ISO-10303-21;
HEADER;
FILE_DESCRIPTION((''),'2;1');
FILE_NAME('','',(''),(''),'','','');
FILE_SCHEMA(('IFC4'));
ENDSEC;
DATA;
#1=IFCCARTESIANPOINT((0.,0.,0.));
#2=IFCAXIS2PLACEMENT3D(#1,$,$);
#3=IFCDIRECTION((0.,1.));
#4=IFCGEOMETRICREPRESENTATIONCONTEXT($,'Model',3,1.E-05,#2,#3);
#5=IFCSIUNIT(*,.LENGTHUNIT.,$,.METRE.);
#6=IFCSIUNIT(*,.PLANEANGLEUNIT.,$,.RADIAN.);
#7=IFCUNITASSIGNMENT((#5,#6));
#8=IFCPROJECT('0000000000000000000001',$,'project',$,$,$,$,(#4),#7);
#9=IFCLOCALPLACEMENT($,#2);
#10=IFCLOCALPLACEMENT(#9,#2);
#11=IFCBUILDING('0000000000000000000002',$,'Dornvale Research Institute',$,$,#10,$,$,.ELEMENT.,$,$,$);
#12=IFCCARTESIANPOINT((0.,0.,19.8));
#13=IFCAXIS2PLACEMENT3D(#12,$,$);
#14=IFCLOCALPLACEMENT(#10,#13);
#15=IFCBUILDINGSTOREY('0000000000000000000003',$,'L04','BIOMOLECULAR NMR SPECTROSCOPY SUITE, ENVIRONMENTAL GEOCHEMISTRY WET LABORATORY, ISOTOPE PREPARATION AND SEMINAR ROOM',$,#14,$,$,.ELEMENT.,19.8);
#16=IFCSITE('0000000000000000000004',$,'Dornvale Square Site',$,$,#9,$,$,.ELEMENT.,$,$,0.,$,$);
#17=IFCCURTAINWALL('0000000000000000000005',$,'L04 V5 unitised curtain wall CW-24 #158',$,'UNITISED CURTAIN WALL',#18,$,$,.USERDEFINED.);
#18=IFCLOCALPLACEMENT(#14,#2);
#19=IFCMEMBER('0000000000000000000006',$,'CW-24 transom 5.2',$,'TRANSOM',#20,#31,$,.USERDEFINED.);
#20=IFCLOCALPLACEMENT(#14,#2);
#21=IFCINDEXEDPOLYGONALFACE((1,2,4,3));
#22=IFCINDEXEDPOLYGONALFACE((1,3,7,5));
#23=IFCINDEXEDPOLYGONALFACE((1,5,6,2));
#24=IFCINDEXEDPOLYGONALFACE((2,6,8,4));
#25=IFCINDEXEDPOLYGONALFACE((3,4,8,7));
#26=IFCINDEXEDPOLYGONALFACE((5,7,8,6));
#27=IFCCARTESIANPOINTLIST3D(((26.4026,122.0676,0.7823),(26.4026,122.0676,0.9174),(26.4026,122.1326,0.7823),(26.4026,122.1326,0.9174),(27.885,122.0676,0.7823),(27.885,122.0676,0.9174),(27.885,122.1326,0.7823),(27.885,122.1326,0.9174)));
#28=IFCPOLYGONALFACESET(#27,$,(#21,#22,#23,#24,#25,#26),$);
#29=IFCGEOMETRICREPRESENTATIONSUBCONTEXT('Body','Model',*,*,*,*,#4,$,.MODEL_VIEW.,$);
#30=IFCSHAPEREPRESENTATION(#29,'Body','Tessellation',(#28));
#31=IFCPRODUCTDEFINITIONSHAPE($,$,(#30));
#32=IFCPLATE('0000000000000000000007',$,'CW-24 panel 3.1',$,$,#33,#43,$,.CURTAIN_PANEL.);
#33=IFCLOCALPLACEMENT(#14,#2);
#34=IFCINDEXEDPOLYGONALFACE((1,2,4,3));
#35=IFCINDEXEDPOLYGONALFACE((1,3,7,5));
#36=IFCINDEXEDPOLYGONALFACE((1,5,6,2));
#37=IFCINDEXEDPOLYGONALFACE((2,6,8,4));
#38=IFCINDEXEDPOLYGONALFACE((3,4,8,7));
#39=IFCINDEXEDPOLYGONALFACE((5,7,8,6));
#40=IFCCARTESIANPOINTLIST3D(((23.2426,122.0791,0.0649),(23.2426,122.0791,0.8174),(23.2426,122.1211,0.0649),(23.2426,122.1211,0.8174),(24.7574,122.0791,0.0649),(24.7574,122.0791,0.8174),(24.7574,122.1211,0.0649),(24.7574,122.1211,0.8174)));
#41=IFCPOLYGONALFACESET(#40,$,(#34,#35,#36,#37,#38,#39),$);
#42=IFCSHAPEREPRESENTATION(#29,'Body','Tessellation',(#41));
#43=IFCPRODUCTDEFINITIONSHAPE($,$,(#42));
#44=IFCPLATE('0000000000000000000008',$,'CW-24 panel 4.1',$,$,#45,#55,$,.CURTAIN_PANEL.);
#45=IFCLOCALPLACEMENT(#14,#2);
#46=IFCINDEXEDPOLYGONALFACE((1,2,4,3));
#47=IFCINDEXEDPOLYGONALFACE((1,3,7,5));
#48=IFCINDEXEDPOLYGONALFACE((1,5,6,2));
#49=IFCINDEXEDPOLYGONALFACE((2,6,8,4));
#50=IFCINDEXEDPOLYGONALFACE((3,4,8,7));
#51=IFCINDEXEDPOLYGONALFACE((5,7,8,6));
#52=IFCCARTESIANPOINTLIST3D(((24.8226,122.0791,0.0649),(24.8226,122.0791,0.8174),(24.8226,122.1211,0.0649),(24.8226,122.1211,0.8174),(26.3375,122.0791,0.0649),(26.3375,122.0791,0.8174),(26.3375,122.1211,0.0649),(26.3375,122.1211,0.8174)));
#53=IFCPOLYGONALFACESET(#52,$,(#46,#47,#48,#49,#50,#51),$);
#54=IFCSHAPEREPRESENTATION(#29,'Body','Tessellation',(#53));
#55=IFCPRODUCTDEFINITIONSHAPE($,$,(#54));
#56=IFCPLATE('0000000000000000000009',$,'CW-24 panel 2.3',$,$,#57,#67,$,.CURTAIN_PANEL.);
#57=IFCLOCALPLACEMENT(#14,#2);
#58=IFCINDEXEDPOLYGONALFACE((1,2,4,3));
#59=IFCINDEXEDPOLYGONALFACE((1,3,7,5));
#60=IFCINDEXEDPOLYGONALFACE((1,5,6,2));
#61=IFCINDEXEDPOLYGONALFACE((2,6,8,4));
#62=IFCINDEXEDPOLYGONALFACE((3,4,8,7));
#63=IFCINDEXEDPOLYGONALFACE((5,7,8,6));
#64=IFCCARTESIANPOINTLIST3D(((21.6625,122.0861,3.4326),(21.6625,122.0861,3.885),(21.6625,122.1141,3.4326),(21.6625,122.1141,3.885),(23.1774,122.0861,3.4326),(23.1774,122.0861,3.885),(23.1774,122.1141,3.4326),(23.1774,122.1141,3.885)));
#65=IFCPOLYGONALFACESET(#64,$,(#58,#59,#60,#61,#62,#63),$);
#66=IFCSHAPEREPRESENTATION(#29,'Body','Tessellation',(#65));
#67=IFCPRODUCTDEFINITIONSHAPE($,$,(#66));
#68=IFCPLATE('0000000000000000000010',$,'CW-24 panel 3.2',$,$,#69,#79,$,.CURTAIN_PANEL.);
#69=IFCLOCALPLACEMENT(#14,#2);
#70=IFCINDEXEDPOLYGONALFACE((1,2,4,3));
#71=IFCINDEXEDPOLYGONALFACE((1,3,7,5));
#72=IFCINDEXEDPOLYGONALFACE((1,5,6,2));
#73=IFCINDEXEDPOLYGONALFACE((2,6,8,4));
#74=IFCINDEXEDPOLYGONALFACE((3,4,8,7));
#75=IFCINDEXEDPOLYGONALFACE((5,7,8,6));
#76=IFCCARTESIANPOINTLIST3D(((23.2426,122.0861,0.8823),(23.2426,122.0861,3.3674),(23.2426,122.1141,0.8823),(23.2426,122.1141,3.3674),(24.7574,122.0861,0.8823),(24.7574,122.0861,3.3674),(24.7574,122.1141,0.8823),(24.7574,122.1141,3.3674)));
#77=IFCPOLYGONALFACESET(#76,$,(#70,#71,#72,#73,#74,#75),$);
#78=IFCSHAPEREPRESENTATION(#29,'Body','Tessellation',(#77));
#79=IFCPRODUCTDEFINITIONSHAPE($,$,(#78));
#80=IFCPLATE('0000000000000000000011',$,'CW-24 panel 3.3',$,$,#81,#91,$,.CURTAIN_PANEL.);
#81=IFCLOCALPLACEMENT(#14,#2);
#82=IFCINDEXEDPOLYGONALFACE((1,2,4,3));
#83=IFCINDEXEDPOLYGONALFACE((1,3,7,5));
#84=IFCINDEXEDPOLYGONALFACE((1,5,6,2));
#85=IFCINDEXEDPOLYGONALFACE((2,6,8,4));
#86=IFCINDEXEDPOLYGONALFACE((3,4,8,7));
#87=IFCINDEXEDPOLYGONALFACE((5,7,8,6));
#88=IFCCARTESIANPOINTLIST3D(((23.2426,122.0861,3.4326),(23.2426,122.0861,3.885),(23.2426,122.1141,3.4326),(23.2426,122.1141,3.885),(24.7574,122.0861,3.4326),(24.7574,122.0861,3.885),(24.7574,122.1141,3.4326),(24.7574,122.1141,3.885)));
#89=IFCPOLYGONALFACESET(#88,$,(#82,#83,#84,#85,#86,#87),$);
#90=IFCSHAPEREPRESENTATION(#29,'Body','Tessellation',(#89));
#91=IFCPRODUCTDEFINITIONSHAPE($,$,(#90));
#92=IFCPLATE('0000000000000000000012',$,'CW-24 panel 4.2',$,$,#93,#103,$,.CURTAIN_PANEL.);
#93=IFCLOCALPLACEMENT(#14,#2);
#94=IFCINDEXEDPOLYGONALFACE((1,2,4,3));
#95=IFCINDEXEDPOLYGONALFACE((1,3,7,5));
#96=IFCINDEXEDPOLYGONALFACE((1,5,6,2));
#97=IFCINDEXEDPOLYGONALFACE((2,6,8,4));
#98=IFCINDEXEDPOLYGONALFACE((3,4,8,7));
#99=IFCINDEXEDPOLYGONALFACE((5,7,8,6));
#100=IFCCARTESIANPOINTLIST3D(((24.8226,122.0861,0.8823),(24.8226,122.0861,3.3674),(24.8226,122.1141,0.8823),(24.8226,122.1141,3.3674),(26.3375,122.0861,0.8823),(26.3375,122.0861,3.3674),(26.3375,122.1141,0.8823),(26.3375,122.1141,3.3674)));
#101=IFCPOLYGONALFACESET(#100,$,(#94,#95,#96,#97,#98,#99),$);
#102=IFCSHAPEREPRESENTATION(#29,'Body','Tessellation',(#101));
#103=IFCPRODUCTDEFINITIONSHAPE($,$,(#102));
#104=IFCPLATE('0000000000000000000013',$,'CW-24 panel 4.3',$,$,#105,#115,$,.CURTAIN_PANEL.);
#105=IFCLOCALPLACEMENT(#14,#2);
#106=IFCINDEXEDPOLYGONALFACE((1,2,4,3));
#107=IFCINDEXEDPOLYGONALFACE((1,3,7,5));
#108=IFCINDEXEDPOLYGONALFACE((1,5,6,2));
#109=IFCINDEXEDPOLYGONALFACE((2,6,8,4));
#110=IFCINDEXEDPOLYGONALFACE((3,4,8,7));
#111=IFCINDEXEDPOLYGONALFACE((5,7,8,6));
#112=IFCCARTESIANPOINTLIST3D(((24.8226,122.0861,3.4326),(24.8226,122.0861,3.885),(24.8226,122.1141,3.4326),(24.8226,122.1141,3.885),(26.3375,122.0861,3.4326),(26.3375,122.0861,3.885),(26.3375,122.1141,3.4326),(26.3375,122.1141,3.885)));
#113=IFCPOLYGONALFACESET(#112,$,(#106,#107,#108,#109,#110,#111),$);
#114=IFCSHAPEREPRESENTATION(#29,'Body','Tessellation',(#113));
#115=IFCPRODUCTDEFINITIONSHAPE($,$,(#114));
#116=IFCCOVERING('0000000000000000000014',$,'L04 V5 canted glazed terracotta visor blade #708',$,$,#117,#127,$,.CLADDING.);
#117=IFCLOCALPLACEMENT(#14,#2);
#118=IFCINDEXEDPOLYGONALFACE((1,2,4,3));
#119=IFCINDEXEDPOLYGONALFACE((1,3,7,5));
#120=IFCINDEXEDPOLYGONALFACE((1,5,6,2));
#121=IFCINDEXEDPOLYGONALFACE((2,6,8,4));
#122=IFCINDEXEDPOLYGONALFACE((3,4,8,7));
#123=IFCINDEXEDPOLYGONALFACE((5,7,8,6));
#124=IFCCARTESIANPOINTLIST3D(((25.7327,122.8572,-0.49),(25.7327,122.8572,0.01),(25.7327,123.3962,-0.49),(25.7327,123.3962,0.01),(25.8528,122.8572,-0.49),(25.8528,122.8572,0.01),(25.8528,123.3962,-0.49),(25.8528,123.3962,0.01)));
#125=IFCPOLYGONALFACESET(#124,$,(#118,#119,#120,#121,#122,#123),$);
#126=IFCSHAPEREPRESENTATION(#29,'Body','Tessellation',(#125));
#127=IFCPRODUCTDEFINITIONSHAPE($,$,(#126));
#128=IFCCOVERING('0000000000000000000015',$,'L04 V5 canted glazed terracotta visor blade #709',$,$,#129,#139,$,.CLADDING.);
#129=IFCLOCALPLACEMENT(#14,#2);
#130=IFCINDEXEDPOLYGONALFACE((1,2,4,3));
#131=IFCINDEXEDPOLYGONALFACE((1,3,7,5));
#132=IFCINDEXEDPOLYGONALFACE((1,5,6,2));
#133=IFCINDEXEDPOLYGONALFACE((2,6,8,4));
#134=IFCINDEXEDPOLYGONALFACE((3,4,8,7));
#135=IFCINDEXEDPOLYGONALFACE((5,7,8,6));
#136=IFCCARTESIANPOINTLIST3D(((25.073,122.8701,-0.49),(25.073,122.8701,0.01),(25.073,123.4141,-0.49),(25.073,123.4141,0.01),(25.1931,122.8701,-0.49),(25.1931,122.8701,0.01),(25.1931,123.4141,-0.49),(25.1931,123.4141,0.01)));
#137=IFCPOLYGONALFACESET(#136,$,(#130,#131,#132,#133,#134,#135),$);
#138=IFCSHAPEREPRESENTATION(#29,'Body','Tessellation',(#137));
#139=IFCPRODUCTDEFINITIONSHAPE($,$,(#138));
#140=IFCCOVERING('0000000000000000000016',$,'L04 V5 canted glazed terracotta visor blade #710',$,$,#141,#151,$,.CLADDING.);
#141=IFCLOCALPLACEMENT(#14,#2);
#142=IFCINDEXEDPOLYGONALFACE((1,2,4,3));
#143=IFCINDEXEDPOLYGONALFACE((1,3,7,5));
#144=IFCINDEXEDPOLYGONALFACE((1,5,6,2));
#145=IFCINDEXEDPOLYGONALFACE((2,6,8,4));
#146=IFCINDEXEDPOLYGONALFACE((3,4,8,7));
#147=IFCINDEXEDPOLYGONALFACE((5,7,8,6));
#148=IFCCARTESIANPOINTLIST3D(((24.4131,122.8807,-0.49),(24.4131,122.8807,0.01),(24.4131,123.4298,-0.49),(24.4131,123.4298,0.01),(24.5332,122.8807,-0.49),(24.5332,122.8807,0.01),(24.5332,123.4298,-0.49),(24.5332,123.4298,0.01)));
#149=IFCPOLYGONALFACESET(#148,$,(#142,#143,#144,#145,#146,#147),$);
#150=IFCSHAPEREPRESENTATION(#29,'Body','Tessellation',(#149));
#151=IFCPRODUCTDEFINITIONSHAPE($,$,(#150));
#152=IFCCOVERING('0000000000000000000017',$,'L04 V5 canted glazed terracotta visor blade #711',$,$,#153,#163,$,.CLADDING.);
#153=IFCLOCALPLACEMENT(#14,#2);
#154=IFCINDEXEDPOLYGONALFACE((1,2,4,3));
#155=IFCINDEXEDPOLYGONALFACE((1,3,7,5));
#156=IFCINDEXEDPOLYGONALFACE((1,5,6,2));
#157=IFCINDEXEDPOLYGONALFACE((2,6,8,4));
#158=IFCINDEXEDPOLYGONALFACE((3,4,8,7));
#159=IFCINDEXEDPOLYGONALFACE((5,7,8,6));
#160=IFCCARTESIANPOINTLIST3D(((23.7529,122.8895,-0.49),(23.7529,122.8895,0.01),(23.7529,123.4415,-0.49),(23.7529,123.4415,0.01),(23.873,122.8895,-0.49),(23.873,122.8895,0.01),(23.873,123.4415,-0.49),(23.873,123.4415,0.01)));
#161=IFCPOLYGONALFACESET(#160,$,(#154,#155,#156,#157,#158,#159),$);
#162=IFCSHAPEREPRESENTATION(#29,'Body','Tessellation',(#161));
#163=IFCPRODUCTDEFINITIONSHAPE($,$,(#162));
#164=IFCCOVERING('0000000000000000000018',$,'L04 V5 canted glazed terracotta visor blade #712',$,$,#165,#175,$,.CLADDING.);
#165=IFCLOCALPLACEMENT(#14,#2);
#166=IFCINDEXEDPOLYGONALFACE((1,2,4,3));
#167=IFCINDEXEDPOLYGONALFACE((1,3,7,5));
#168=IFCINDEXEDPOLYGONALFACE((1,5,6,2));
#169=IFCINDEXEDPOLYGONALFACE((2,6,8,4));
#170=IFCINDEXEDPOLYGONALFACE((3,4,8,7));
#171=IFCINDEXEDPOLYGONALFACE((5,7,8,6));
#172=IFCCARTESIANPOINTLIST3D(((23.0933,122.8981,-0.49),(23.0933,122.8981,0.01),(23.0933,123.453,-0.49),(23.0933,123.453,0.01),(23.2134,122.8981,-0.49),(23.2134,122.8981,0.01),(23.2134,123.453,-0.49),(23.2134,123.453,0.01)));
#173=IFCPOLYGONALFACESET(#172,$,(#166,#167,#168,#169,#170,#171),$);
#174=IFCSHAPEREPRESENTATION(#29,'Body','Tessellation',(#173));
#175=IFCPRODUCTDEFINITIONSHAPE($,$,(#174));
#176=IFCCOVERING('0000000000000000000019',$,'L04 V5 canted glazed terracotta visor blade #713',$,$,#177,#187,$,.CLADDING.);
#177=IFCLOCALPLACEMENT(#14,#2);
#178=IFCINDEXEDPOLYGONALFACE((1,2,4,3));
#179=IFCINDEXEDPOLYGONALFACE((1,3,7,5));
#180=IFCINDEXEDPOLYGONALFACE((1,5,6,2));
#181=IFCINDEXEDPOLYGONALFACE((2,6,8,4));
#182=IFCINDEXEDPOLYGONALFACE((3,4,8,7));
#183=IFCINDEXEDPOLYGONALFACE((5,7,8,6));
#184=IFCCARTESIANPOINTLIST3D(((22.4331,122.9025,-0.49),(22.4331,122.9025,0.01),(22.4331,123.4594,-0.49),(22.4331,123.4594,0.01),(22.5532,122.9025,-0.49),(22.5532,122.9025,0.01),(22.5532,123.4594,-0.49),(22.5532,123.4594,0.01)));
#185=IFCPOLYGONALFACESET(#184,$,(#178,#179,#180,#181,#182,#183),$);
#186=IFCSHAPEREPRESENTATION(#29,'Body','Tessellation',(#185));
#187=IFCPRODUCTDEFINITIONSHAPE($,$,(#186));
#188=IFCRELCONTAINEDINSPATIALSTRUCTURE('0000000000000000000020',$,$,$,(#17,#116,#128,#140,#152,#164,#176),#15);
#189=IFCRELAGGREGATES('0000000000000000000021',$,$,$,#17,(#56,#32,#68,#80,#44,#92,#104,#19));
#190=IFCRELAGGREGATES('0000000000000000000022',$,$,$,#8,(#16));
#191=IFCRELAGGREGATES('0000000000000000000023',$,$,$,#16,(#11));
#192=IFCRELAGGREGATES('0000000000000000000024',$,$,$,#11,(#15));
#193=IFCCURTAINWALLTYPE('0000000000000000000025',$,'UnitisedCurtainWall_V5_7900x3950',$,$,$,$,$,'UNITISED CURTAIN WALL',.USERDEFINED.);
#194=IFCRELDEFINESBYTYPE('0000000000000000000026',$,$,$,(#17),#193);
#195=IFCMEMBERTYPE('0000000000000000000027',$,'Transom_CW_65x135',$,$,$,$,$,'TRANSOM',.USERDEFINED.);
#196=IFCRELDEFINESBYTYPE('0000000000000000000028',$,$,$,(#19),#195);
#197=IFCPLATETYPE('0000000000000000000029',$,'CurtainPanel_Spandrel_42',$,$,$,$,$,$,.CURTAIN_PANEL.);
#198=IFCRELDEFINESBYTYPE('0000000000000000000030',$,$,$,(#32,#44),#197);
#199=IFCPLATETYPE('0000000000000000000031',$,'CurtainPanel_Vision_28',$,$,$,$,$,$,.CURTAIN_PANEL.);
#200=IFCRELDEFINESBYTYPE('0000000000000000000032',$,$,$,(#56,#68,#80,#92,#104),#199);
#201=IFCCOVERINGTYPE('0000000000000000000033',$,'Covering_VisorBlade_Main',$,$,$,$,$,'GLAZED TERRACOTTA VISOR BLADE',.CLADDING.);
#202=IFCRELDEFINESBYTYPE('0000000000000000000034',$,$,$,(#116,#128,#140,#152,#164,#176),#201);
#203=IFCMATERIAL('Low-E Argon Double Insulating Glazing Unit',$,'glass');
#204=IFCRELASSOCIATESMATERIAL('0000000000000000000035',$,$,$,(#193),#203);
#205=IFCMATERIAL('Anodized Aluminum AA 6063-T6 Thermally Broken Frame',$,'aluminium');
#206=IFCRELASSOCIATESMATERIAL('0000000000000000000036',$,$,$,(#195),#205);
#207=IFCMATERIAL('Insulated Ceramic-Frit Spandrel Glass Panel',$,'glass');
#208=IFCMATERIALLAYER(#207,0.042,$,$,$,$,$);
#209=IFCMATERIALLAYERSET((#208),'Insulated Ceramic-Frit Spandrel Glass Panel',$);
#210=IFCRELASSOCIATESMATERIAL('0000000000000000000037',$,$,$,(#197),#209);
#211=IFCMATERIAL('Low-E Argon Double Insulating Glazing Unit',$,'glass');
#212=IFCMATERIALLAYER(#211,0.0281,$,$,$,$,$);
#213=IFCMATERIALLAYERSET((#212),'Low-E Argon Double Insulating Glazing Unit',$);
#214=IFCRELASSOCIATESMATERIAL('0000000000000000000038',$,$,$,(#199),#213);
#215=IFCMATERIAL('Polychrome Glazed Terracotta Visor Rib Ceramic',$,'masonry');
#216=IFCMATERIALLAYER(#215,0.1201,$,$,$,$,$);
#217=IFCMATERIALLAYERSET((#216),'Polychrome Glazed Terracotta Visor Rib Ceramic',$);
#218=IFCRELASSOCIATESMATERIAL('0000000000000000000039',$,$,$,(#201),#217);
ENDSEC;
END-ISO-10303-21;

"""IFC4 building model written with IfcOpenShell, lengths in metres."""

from ifc_helpers import new_model, si_unit, direction, frame, origin, origin_2d, place, context, subcontext, project, spatial, rectangle, extrude, material, layer, layer_set, material_profile, profile_set, type_object, element, aggregate, save


model = new_model("IFC4")

# Units and contexts
model_context = context("Model", 3, precision=1e-05, world=origin(), true_north=direction((0.0, 1.0)))
body_context = subcontext(model_context, "Body", "Model", "MODEL_VIEW")
ifc_project = project(units=[si_unit("LENGTHUNIT", "METRE"), si_unit("PLANEANGLEUNIT", "RADIAN")], contexts=[model_context])

# Site, building, storey
site_placement = place(None, origin())
site = spatial("IfcSite", under=ifc_project, at=site_placement, Name="Dornvale Square Site", CompositionType="ELEMENT", RefElevation=0.0)
building_placement = place(site_placement, origin())
building = spatial("IfcBuilding", under=site, at=building_placement, Name="Dornvale Research Institute", CompositionType="ELEMENT")
storey_placement = place(building_placement, frame((0.0, 0.0, 19.8)))
storey = spatial("IfcBuildingStorey", under=building, at=storey_placement, Name="L04", Description="BIOMOLECULAR NMR SPECTROSCOPY SUITE, ENVIRONMENTAL GEOCHEMISTRY WET LABORATORY, ISOTOPE PREPARATION AND SEMINAR ROOM", CompositionType="ELEMENT", Elevation=19.8)

# Curtain wall, member, plates
ifc_material_1 = material(Name="Low-E Argon Double Insulating Glazing Unit", Category="glass")
curtain_wall_type = type_object("IfcCurtainWallType", Name="UnitisedCurtainWall_V5_7900x3950", ElementType="UNITISED CURTAIN WALL", PredefinedType="USERDEFINED", material=ifc_material_1)
curtain_wall_placement = place(storey_placement, origin())
curtain_wall = element("IfcCurtainWall", 1, at=curtain_wall_placement, inside=storey, type_object=curtain_wall_type, Name="L04 V5 unitised curtain wall CW-24 #158", ObjectType="UNITISED CURTAIN WALL", PredefinedType="USERDEFINED")
ifc_material_2 = material(Name="Anodized Aluminum AA 6063-T6 Thermally Broken Frame", Category="aluminium")
ifc_material_profile_1 = material_profile(ifc_material_2, rectangle(XDim=0.0649, YDim=0.135, at=origin_2d()), Name="ALU TRANSOM 65x135")
ifc_profile_set_1 = profile_set([ifc_material_profile_1], Name="Anodized Aluminum AA 6063-T6 Thermally Broken Frame")
member_type_1 = type_object("IfcMemberType", Name="Transom_CW_65x135", ElementType="TRANSOM", PredefinedType="USERDEFINED", material=ifc_profile_set_1)
member_1_placement = place(storey_placement, frame((26.4026, 122.1001, 0.8499), z_axis=(1.0, 0.0, 0.0), x_axis=(0.0, 1.0, 0.0)))
member_1 = element("IfcMember", 2, at=member_1_placement, type_object=member_type_1, Name="CW-24 transom 5.2", ObjectType="TRANSOM", PredefinedType="USERDEFINED", context=body_context, shape_type="SweptSolid", body=[
    extrude(rectangle(XDim=0.0649, YDim=0.135, at=origin_2d()), origin(), (0.0, 0.0, 1.0), 1.4824),
])
ifc_material_3 = material(Name="Insulated Ceramic-Frit Spandrel Glass Panel", Category="glass")
ifc_layer_1 = layer(ifc_material_3, 0.042)
ifc_layer_set_1 = layer_set([ifc_layer_1], Name="Insulated Ceramic-Frit Spandrel Glass Panel")
plate_type_1 = type_object("IfcPlateType", Name="CurtainPanel_Spandrel_42", PredefinedType="CURTAIN_PANEL", material=ifc_layer_set_1)
plate_1_placement = place(storey_placement, frame((24.0, 122.1001, 0.0649), z_axis=(0.0, 0.0, 1.0), x_axis=(1.0, 0.0, 0.0)))
plate_1 = element("IfcPlate", 3, at=plate_1_placement, type_object=plate_type_1, Name="CW-24 panel 3.1", PredefinedType="CURTAIN_PANEL", context=body_context, shape_type="SweptSolid", body=[
    extrude(rectangle(XDim=1.5149, YDim=0.042, at=origin_2d()), origin(), (0.0, 0.0, 1.0), 0.7524),
])
plate_2_placement = place(storey_placement, frame((25.5801, 122.1001, 0.0649), z_axis=(0.0, 0.0, 1.0), x_axis=(1.0, 0.0, 0.0)))
plate_2 = element("IfcPlate", 4, at=plate_2_placement, type_object=plate_type_1, Name="CW-24 panel 4.1", PredefinedType="CURTAIN_PANEL", context=body_context, shape_type="SweptSolid", body=[
    extrude(rectangle(XDim=1.5149, YDim=0.042, at=origin_2d()), origin(), (0.0, 0.0, 1.0), 0.7524),
])
ifc_material_4 = material(Name="Low-E Argon Double Insulating Glazing Unit", Category="glass")
ifc_layer_2 = layer(ifc_material_4, 0.0281)
ifc_layer_set_2 = layer_set([ifc_layer_2], Name="Low-E Argon Double Insulating Glazing Unit")
plate_type_2 = type_object("IfcPlateType", Name="CurtainPanel_Vision_28", PredefinedType="CURTAIN_PANEL", material=ifc_layer_set_2)
plate_3_placement = place(storey_placement, frame((22.4199, 122.1001, 3.4326), z_axis=(0.0, 0.0, 1.0), x_axis=(1.0, 0.0, 0.0)))
plate_3 = element("IfcPlate", 5, at=plate_3_placement, type_object=plate_type_2, Name="CW-24 panel 2.3", PredefinedType="CURTAIN_PANEL", context=body_context, shape_type="SweptSolid", body=[
    extrude(rectangle(XDim=1.5149, YDim=0.0281, at=origin_2d()), origin(), (0.0, 0.0, 1.0), 0.4524),
])
plate_4_placement = place(storey_placement, frame((24.0, 122.1001, 0.8823), z_axis=(0.0, 0.0, 1.0), x_axis=(1.0, 0.0, 0.0)))
plate_4 = element("IfcPlate", 6, at=plate_4_placement, type_object=plate_type_2, Name="CW-24 panel 3.2", PredefinedType="CURTAIN_PANEL", context=body_context, shape_type="SweptSolid", body=[
    extrude(rectangle(XDim=1.5149, YDim=0.0281, at=origin_2d()), origin(), (0.0, 0.0, 1.0), 2.4851),
])
plate_5_placement = place(storey_placement, frame((24.0, 122.1001, 3.4326), z_axis=(0.0, 0.0, 1.0), x_axis=(1.0, 0.0, 0.0)))
plate_5 = element("IfcPlate", 7, at=plate_5_placement, type_object=plate_type_2, Name="CW-24 panel 3.3", PredefinedType="CURTAIN_PANEL", context=body_context, shape_type="SweptSolid", body=[
    extrude(rectangle(XDim=1.5149, YDim=0.0281, at=origin_2d()), origin(), (0.0, 0.0, 1.0), 0.4524),
])
plate_6_placement = place(storey_placement, frame((25.5801, 122.1001, 0.8823), z_axis=(0.0, 0.0, 1.0), x_axis=(1.0, 0.0, 0.0)))
plate_6 = element("IfcPlate", 8, at=plate_6_placement, type_object=plate_type_2, Name="CW-24 panel 4.2", PredefinedType="CURTAIN_PANEL", context=body_context, shape_type="SweptSolid", body=[
    extrude(rectangle(XDim=1.5149, YDim=0.0281, at=origin_2d()), origin(), (0.0, 0.0, 1.0), 2.4851),
])
plate_7_placement = place(storey_placement, frame((25.5801, 122.1001, 3.4326), z_axis=(0.0, 0.0, 1.0), x_axis=(1.0, 0.0, 0.0)))
plate_7 = element("IfcPlate", 9, at=plate_7_placement, type_object=plate_type_2, Name="CW-24 panel 4.3", PredefinedType="CURTAIN_PANEL", context=body_context, shape_type="SweptSolid", body=[
    extrude(rectangle(XDim=1.5149, YDim=0.0281, at=origin_2d()), origin(), (0.0, 0.0, 1.0), 0.4524),
])
aggregate(curtain_wall, [plate_3, plate_1, plate_4, plate_5, plate_2, plate_6, plate_7, member_1])

# Coverings
ifc_material_5 = material(Name="Polychrome Glazed Terracotta Visor Rib Ceramic", Category="masonry")
ifc_layer_3 = layer(ifc_material_5, 0.1201)
ifc_layer_set_3 = layer_set([ifc_layer_3], Name="Polychrome Glazed Terracotta Visor Rib Ceramic")
covering_type = type_object("IfcCoveringType", Name="Covering_VisorBlade_Main", ElementType="GLAZED TERRACOTTA VISOR BLADE", PredefinedType="CLADDING", material=ifc_layer_set_3)
covering_1_placement = place(storey_placement, frame((25.7927, 123.1267, -0.49), z_axis=(0.0, 0.0, 1.0), x_axis=(0.0, 1.0, 0.0)))
element("IfcCovering", 10, at=covering_1_placement, inside=storey, type_object=covering_type, Name="L04 V5 canted glazed terracotta visor blade #708", PredefinedType="CLADDING", context=body_context, shape_type="SweptSolid", body=[
    extrude(rectangle(XDim=0.5391, YDim=0.1201, at=origin_2d()), origin(), (0.0, 0.0, 1.0), 0.5),
])
covering_2_placement = place(storey_placement, frame((25.1331, 123.1421, -0.49), z_axis=(0.0, 0.0, 1.0), x_axis=(0.0, 1.0, 0.0)))
element("IfcCovering", 11, at=covering_2_placement, inside=storey, type_object=covering_type, Name="L04 V5 canted glazed terracotta visor blade #709", PredefinedType="CLADDING", context=body_context, shape_type="SweptSolid", body=[
    extrude(rectangle(XDim=0.5439, YDim=0.1201, at=origin_2d()), origin(), (0.0, 0.0, 1.0), 0.5),
])
covering_3_placement = place(storey_placement, frame((24.4731, 123.1553, -0.49), z_axis=(0.0, 0.0, 1.0), x_axis=(0.0, 1.0, 0.0)))
element("IfcCovering", 12, at=covering_3_placement, inside=storey, type_object=covering_type, Name="L04 V5 canted glazed terracotta visor blade #710", PredefinedType="CLADDING", context=body_context, shape_type="SweptSolid", body=[
    extrude(rectangle(XDim=0.5491, YDim=0.1201, at=origin_2d()), origin(), (0.0, 0.0, 1.0), 0.5),
])
covering_4_placement = place(storey_placement, frame((23.813, 123.1655, -0.49), z_axis=(0.0, 0.0, 1.0), x_axis=(0.0, 1.0, 0.0)))
element("IfcCovering", 13, at=covering_4_placement, inside=storey, type_object=covering_type, Name="L04 V5 canted glazed terracotta visor blade #711", PredefinedType="CLADDING", context=body_context, shape_type="SweptSolid", body=[
    extrude(rectangle(XDim=0.552, YDim=0.1201, at=origin_2d()), origin(), (0.0, 0.0, 1.0), 0.5),
])
covering_5_placement = place(storey_placement, frame((23.1533, 123.1755, -0.49), z_axis=(0.0, 0.0, 1.0), x_axis=(0.0, 1.0, 0.0)))
element("IfcCovering", 14, at=covering_5_placement, inside=storey, type_object=covering_type, Name="L04 V5 canted glazed terracotta visor blade #712", PredefinedType="CLADDING", context=body_context, shape_type="SweptSolid", body=[
    extrude(rectangle(XDim=0.5549, YDim=0.1201, at=origin_2d()), origin(), (0.0, 0.0, 1.0), 0.5),
])
covering_6_placement = place(storey_placement, frame((22.4932, 123.1809, -0.49), z_axis=(0.0, 0.0, 1.0), x_axis=(0.0, 1.0, 0.0)))
element("IfcCovering", 15, at=covering_6_placement, inside=storey, type_object=covering_type, Name="L04 V5 canted glazed terracotta visor blade #713", PredefinedType="CLADDING", context=body_context, shape_type="SweptSolid", body=[
    extrude(rectangle(XDim=0.5569, YDim=0.1201, at=origin_2d()), origin(), (0.0, 0.0, 1.0), 0.5),
])

save(model, "model.ifc")
